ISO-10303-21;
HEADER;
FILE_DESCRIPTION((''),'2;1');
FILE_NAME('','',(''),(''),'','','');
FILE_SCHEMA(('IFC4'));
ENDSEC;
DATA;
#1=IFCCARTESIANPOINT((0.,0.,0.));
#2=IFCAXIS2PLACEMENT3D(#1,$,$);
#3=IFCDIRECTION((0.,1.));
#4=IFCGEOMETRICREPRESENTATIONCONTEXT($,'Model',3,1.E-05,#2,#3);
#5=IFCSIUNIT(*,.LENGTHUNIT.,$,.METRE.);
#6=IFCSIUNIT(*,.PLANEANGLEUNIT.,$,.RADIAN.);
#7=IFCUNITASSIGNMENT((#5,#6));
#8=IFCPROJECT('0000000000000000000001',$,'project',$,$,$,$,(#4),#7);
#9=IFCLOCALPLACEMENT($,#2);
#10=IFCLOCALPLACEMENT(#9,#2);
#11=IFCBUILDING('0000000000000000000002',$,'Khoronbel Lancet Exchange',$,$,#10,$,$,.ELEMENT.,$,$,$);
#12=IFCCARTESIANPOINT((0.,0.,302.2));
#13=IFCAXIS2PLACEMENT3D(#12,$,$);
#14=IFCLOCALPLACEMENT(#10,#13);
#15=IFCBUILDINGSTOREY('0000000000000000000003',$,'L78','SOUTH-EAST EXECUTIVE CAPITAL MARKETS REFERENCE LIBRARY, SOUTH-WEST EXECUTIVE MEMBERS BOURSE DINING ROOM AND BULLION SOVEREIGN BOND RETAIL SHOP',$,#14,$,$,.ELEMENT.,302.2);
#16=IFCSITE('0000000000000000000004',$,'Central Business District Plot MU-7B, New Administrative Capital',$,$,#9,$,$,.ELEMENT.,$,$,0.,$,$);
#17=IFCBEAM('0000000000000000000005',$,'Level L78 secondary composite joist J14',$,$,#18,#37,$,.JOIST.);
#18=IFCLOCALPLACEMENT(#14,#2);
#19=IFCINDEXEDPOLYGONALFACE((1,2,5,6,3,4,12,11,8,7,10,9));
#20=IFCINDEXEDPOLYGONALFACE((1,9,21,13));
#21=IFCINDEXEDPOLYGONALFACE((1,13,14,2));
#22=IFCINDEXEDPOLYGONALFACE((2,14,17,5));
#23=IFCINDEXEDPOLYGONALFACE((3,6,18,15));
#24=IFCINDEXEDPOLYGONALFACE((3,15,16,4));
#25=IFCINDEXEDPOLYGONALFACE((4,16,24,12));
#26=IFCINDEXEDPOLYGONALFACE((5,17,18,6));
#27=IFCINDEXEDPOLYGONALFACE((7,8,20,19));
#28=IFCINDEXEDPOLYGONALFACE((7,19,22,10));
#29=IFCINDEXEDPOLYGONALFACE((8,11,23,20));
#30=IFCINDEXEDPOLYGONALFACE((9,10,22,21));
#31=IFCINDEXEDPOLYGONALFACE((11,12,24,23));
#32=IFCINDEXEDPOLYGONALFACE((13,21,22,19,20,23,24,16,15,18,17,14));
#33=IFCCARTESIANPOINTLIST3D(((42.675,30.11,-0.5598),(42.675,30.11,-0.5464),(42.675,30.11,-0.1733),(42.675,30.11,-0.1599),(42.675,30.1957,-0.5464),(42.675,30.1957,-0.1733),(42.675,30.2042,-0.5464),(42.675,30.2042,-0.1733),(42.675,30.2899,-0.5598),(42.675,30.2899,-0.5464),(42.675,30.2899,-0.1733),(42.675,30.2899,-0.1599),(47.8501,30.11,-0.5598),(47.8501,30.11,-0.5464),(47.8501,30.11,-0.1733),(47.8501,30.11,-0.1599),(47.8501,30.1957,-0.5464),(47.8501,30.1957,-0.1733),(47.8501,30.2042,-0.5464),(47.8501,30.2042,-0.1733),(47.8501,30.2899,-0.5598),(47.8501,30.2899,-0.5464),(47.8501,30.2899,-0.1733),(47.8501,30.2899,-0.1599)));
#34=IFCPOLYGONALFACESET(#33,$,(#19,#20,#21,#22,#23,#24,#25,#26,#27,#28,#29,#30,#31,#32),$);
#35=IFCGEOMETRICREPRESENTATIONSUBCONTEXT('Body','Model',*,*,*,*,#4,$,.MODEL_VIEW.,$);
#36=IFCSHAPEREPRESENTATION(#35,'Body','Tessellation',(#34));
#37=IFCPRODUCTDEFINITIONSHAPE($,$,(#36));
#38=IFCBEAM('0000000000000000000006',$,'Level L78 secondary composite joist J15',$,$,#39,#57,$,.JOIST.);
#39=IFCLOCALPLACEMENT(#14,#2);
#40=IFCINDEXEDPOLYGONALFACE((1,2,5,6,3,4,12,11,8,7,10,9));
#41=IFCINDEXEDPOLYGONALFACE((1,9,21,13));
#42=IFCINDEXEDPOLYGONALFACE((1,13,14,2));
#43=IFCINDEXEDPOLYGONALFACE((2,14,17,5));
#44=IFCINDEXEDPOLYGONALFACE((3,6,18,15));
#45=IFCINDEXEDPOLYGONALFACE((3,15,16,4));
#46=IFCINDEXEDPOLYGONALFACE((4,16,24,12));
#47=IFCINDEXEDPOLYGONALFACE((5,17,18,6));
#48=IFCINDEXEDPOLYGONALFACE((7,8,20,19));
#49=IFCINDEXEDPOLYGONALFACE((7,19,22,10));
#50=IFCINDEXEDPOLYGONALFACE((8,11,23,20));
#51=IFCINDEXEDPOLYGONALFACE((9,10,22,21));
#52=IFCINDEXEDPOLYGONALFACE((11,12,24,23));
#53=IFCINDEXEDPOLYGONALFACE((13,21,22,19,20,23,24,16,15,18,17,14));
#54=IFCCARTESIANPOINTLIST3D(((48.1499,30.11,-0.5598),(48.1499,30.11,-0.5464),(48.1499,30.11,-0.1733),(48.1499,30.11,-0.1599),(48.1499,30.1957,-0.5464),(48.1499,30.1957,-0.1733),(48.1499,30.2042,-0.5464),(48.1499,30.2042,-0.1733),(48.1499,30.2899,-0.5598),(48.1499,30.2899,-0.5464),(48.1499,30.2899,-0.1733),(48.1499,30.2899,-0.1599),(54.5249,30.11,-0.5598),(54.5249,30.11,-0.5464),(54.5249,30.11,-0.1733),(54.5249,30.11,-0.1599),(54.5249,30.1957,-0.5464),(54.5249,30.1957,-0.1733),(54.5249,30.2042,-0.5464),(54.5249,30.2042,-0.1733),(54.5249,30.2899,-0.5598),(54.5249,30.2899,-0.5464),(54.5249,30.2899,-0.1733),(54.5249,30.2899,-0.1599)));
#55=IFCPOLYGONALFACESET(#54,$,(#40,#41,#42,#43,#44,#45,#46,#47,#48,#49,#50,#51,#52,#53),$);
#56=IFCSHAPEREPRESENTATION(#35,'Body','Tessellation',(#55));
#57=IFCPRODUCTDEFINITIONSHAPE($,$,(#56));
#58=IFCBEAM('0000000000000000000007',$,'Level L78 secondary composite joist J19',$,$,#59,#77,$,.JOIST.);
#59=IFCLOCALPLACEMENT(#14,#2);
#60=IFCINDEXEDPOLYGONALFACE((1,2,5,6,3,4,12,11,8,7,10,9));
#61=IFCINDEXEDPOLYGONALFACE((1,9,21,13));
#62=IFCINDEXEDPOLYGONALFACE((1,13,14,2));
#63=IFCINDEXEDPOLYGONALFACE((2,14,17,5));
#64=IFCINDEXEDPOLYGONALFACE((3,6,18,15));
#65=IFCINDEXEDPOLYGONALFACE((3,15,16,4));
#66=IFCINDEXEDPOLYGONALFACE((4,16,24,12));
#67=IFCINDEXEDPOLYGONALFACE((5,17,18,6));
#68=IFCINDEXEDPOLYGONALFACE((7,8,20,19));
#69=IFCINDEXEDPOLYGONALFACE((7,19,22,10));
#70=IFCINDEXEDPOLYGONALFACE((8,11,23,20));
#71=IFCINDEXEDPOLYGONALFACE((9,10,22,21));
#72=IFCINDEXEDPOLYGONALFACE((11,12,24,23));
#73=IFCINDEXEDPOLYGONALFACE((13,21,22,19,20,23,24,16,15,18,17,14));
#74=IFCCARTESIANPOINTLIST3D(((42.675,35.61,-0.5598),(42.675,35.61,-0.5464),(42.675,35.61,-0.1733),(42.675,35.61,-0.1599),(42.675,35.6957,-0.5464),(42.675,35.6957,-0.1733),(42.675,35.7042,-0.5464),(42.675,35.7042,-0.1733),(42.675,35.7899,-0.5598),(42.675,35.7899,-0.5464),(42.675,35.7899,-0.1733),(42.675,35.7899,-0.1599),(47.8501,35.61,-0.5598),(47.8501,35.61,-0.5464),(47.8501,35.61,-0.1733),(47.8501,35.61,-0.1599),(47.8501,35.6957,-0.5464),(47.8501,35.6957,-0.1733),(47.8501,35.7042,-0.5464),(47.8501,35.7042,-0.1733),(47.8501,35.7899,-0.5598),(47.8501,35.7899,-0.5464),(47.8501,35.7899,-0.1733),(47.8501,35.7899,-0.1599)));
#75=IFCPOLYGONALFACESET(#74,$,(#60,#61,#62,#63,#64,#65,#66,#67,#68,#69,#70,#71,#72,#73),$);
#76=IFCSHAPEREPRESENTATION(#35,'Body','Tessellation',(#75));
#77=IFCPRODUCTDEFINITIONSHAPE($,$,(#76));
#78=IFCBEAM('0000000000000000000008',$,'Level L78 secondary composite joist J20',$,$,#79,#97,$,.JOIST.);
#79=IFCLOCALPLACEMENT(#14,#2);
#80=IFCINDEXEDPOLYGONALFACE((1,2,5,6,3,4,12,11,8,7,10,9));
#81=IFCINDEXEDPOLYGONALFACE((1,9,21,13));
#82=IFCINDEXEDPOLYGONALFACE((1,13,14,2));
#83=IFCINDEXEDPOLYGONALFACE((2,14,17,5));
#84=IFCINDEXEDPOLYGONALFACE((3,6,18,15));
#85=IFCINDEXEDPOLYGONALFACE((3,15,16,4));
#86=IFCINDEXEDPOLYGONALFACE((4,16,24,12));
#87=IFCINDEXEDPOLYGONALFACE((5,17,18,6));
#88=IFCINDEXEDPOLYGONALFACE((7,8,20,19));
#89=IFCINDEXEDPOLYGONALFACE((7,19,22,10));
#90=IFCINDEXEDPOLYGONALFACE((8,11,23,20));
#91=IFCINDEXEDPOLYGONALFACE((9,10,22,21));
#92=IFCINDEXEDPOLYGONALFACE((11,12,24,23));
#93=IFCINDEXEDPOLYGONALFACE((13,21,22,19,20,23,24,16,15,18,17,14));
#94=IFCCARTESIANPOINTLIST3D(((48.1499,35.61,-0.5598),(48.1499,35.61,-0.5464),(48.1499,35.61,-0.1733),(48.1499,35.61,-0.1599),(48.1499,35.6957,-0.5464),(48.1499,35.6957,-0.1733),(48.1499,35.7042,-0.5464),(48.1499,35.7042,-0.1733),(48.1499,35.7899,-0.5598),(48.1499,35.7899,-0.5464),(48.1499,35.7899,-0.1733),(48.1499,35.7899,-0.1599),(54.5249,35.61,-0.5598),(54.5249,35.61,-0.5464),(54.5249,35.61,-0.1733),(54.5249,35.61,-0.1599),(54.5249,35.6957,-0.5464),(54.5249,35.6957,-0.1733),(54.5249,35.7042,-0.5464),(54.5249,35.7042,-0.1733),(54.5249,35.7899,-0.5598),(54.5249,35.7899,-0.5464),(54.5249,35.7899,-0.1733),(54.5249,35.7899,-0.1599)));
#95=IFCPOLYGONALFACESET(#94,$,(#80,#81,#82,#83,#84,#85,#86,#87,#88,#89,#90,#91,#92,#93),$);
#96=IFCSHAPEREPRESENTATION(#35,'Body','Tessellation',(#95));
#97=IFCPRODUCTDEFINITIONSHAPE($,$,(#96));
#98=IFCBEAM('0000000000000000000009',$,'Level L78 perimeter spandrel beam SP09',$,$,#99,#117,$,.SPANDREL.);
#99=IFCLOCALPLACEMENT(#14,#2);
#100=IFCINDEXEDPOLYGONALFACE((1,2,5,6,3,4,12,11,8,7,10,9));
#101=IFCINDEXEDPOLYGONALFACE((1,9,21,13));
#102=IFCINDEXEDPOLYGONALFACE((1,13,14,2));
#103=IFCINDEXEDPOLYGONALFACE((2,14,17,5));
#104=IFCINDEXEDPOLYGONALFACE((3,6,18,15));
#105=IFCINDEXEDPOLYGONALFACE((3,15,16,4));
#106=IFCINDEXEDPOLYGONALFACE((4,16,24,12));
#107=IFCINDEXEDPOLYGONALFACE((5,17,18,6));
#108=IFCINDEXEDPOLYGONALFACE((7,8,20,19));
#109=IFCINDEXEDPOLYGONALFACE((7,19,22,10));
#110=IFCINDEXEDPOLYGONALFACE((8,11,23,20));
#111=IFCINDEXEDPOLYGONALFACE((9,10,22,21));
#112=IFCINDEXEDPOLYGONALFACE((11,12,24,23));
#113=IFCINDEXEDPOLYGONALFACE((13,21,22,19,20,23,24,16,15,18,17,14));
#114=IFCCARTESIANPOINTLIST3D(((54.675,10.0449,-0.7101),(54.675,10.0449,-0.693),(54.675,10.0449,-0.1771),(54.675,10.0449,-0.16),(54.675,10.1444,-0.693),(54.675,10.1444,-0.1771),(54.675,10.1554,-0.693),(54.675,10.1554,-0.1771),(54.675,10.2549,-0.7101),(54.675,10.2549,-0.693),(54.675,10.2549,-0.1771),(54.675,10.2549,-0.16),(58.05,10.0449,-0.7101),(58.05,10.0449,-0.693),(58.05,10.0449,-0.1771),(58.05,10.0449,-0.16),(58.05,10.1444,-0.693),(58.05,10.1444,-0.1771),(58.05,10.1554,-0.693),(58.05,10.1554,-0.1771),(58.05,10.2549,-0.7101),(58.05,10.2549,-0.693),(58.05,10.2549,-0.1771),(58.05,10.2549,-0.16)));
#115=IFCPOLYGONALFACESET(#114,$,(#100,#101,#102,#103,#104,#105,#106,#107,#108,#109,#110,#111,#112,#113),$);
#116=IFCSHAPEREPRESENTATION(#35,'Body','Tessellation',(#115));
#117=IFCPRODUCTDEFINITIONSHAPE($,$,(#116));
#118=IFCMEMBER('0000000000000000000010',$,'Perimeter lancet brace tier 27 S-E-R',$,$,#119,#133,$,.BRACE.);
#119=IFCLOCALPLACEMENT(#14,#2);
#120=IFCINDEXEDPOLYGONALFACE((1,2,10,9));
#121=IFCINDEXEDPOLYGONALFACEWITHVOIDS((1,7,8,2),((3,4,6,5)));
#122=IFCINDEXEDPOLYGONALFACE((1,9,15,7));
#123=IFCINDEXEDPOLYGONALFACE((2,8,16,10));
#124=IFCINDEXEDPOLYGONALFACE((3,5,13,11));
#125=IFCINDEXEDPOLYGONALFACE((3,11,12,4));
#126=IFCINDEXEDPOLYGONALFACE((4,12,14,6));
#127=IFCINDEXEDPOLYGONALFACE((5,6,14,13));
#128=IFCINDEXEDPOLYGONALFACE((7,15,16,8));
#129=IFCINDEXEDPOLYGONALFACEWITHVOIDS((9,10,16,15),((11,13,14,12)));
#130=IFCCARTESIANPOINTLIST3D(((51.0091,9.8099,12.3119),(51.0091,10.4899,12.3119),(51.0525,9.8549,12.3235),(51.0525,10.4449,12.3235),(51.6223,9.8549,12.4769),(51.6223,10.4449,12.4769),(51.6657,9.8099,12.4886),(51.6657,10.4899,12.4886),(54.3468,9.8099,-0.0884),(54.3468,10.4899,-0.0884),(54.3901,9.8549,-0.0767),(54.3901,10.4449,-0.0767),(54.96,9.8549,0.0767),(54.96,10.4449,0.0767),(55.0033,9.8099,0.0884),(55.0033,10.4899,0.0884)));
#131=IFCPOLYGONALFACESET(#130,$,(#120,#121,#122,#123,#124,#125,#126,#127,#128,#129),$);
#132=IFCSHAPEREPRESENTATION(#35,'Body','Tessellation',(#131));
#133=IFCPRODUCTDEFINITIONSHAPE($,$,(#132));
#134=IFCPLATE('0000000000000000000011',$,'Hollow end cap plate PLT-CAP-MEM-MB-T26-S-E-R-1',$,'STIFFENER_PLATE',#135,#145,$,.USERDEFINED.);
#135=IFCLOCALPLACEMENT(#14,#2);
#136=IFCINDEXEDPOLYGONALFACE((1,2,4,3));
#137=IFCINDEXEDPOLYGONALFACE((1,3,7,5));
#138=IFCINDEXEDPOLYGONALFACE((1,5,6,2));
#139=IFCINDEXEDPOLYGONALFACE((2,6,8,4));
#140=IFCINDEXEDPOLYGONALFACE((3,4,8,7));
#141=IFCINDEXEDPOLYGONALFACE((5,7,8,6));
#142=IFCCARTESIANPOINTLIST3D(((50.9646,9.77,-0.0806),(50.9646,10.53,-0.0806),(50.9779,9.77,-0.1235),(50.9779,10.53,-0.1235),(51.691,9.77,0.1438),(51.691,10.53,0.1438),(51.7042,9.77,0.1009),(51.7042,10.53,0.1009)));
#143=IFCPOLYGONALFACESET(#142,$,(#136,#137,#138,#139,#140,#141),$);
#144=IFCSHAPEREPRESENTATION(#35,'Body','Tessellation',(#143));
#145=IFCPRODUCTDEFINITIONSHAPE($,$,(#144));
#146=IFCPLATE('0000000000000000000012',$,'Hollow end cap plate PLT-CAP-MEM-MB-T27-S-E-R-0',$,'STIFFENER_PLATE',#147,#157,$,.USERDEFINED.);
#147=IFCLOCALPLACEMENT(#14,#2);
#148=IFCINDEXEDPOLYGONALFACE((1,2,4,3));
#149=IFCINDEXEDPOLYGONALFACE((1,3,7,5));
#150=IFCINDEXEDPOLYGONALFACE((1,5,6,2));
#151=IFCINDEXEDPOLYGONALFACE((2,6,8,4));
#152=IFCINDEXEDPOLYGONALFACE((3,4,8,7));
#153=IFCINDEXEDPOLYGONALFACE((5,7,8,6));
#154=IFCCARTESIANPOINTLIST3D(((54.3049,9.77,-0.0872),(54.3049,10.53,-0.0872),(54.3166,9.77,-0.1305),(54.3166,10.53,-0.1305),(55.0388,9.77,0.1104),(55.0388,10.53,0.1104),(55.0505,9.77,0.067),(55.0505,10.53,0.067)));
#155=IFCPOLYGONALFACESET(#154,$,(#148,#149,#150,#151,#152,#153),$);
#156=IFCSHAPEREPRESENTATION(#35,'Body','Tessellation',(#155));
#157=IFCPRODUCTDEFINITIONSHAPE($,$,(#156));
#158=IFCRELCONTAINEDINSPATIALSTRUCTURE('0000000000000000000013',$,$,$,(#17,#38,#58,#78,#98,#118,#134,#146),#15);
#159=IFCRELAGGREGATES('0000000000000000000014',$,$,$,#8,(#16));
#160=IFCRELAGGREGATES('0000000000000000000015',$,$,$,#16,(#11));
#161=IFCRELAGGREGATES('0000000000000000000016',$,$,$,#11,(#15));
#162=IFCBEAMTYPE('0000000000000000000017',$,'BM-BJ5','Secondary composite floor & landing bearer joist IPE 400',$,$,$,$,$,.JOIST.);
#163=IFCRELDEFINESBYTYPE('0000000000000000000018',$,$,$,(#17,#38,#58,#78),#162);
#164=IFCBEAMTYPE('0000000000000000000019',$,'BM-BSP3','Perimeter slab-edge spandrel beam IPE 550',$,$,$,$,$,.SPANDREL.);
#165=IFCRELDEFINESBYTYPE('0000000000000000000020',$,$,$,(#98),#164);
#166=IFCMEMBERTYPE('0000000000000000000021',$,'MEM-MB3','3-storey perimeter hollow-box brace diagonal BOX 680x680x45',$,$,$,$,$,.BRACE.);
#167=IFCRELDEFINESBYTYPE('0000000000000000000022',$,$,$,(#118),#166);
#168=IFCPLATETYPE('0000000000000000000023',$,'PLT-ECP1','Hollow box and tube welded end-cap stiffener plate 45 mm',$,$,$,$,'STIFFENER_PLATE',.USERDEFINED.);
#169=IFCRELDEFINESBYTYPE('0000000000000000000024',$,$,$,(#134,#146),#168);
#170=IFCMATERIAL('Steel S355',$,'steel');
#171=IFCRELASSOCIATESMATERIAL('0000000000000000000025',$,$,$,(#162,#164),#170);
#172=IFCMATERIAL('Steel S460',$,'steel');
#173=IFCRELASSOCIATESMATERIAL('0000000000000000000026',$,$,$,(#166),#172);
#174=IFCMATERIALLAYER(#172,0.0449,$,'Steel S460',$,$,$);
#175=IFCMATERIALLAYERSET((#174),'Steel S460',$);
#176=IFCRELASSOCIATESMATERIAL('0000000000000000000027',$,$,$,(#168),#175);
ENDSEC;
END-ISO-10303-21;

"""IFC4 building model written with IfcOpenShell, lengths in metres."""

from ifc_helpers import new_model, si_unit, direction, frame, origin, origin_2d, place, context, subcontext, project, spatial, polyline, hollow_rectangle, i_section, outline, extrude, material, layer, layer_set, material_profile, profile_set, type_object, element, save


model = new_model("IFC4")

# Units and contexts
model_context = context("Model", 3, precision=1e-05, world=origin(), true_north=direction((0.0, 1.0)))
body_context = subcontext(model_context, "Body", "Model", "MODEL_VIEW")
ifc_project = project(units=[si_unit("LENGTHUNIT", "METRE"), si_unit("PLANEANGLEUNIT", "RADIAN")], contexts=[model_context])

# Site, building, storey
site_placement = place(None, origin())
site = spatial("IfcSite", under=ifc_project, at=site_placement, Name="Central Business District Plot MU-7B, New Administrative Capital", CompositionType="ELEMENT", RefElevation=0.0)
building_placement = place(site_placement, origin())
building = spatial("IfcBuilding", under=site, at=building_placement, Name="Khoronbel Lancet Exchange", CompositionType="ELEMENT")
storey_placement = place(building_placement, frame((0.0, 0.0, 302.2)))
storey = spatial("IfcBuildingStorey", under=building, at=storey_placement, Name="L78", Description="SOUTH-EAST EXECUTIVE CAPITAL MARKETS REFERENCE LIBRARY, SOUTH-WEST EXECUTIVE MEMBERS BOURSE DINING ROOM AND BULLION SOVEREIGN BOND RETAIL SHOP", CompositionType="ELEMENT", Elevation=302.2)

# Shared definitions
ifc_material_1 = material(Name="Steel S460", Category="steel")
ifc_material_2 = material(Name="Steel S355", Category="steel")

# Beams
ifc_material_profile_1 = material_profile(ifc_material_2, i_section(OverallWidth=0.1799, OverallDepth=0.3999, WebThickness=0.0085, FlangeThickness=0.0134, at=origin_2d()), Name="IPE 400")
ifc_profile_set_1 = profile_set([ifc_material_profile_1], Name="Steel S355")
beam_type_1 = type_object("IfcBeamType", Name="BM-BJ5", Description="Secondary composite floor & landing bearer joist IPE 400", PredefinedType="JOIST", material=ifc_profile_set_1)
beam_1_placement = place(storey_placement, frame((42.675, 30.2, -0.3599), z_axis=(1.0, 0.0, 0.0), x_axis=(0.0, 1.0, 0.0)))
element("IfcBeam", 1, at=beam_1_placement, inside=storey, type_object=beam_type_1, Name="Level L78 secondary composite joist J14", PredefinedType="JOIST", context=body_context, shape_type="SweptSolid", body=[
    extrude(i_section(OverallWidth=0.1799, OverallDepth=0.3999, WebThickness=0.0085, FlangeThickness=0.0134, at=origin_2d()), origin(), (0.0, 0.0, 1.0), 5.175),
])
beam_2_placement = place(storey_placement, frame((48.1499, 30.2, -0.3599), z_axis=(1.0, 0.0, 0.0), x_axis=(0.0, 1.0, 0.0)))
element("IfcBeam", 2, at=beam_2_placement, inside=storey, type_object=beam_type_1, Name="Level L78 secondary composite joist J15", PredefinedType="JOIST", context=body_context, shape_type="SweptSolid", body=[
    extrude(i_section(OverallWidth=0.1799, OverallDepth=0.3999, WebThickness=0.0085, FlangeThickness=0.0134, at=origin_2d()), origin(), (0.0, 0.0, 1.0), 6.375),
])
beam_3_placement = place(storey_placement, frame((42.675, 35.7, -0.3599), z_axis=(1.0, 0.0, 0.0), x_axis=(0.0, 1.0, 0.0)))
element("IfcBeam", 3, at=beam_3_placement, inside=storey, type_object=beam_type_1, Name="Level L78 secondary composite joist J19", PredefinedType="JOIST", context=body_context, shape_type="SweptSolid", body=[
    extrude(i_section(OverallWidth=0.1799, OverallDepth=0.3999, WebThickness=0.0085, FlangeThickness=0.0134, at=origin_2d()), origin(), (0.0, 0.0, 1.0), 5.175),
])
beam_4_placement = place(storey_placement, frame((48.1499, 35.7, -0.3599), z_axis=(1.0, 0.0, 0.0), x_axis=(0.0, 1.0, 0.0)))
element("IfcBeam", 4, at=beam_4_placement, inside=storey, type_object=beam_type_1, Name="Level L78 secondary composite joist J20", PredefinedType="JOIST", context=body_context, shape_type="SweptSolid", body=[
    extrude(i_section(OverallWidth=0.1799, OverallDepth=0.3999, WebThickness=0.0085, FlangeThickness=0.0134, at=origin_2d()), origin(), (0.0, 0.0, 1.0), 6.375),
])
ifc_material_profile_2 = material_profile(ifc_material_2, i_section(OverallWidth=0.21, OverallDepth=0.55, WebThickness=0.011, FlangeThickness=0.0171, at=origin_2d()), Name="IPE 550")
ifc_profile_set_2 = profile_set([ifc_material_profile_2], Name="Steel S355")
beam_type_2 = type_object("IfcBeamType", Name="BM-BSP3", Description="Perimeter slab-edge spandrel beam IPE 550", PredefinedType="SPANDREL", material=ifc_profile_set_2)
beam_5_placement = place(storey_placement, frame((54.675, 10.1499, -0.4351), z_axis=(1.0, 0.0, 0.0), x_axis=(0.0, 1.0, 0.0)))
element("IfcBeam", 5, at=beam_5_placement, inside=storey, type_object=beam_type_2, Name="Level L78 perimeter spandrel beam SP09", PredefinedType="SPANDREL", context=body_context, shape_type="SweptSolid", body=[
    extrude(i_section(OverallWidth=0.21, OverallDepth=0.55, WebThickness=0.011, FlangeThickness=0.0171, at=origin_2d()), origin(), (0.0, 0.0, 1.0), 3.375),
])

# Member
ifc_material_profile_3 = material_profile(ifc_material_1, hollow_rectangle(XDim=0.6799, YDim=0.6799, WallThickness=0.0449, at=origin_2d()), Name="BOX 680x680x45")
ifc_profile_set_3 = profile_set([ifc_material_profile_3], Name="Steel S460")
member_type = type_object("IfcMemberType", Name="MEM-MB3", Description="3-storey perimeter hollow-box brace diagonal BOX 680x680x45", PredefinedType="BRACE", material=ifc_profile_set_3)
member_placement = place(storey_placement, frame((54.675, 10.1499, 0.0), z_axis=(-0.259911, 0.0, 0.965632), x_axis=(0.0, -1.0, 0.0)))
element("IfcMember", 6, at=member_placement, inside=storey, type_object=member_type, Name="Perimeter lancet brace tier 27 S-E-R", PredefinedType="BRACE", context=body_context, shape_type="SweptSolid", body=[
    extrude(hollow_rectangle(XDim=0.6799, YDim=0.6799, WallThickness=0.0449, at=origin_2d()), origin(), (0.0, 0.0, 1.0), 12.8416),
])

# Plates
ifc_layer_1 = layer(ifc_material_1, 0.0449, Name="Steel S460")
ifc_layer_set_1 = layer_set([ifc_layer_1], Name="Steel S460")
plate_type = type_object("IfcPlateType", Name="PLT-ECP1", Description="Hollow box and tube welded end-cap stiffener plate 45 mm", ElementType="STIFFENER_PLATE", PredefinedType="USERDEFINED", material=ifc_layer_set_1)
plate_1_placement = place(storey_placement, frame((50.9646, 10.53, -0.0806), z_axis=(-0.295146, 0.0, 0.955452), x_axis=(0.0, -1.0, 0.0)))
element("IfcPlate", 7, at=plate_1_placement, inside=storey, type_object=plate_type, Name="Hollow end cap plate PLT-CAP-MEM-MB-T26-S-E-R-1", ObjectType="STIFFENER_PLATE", PredefinedType="USERDEFINED", context=body_context, shape_type="SweptSolid", body=[
    extrude(outline(polyline([(0.0, 0.0), (0.76, 0.0), (0.76, 0.7603), (0.0, 0.7603), (0.0, 0.0)])), origin(), (0.0, 0.0, -1.0), 0.0449),
])
plate_2_placement = place(storey_placement, frame((54.3049, 10.53, -0.0872), z_axis=(-0.259881, 0.0, 0.965641), x_axis=(0.0, -1.0, 0.0)))
element("IfcPlate", 8, at=plate_2_placement, inside=storey, type_object=plate_type, Name="Hollow end cap plate PLT-CAP-MEM-MB-T27-S-E-R-0", ObjectType="STIFFENER_PLATE", PredefinedType="USERDEFINED", context=body_context, shape_type="SweptSolid", body=[
    extrude(outline(polyline([(0.0, 0.0), (0.76, 0.0), (0.76, 0.76), (0.0, 0.76), (0.0, 0.0)])), origin(), (0.0, 0.0, -1.0), 0.0449),
])

save(model, "model.ifc")
